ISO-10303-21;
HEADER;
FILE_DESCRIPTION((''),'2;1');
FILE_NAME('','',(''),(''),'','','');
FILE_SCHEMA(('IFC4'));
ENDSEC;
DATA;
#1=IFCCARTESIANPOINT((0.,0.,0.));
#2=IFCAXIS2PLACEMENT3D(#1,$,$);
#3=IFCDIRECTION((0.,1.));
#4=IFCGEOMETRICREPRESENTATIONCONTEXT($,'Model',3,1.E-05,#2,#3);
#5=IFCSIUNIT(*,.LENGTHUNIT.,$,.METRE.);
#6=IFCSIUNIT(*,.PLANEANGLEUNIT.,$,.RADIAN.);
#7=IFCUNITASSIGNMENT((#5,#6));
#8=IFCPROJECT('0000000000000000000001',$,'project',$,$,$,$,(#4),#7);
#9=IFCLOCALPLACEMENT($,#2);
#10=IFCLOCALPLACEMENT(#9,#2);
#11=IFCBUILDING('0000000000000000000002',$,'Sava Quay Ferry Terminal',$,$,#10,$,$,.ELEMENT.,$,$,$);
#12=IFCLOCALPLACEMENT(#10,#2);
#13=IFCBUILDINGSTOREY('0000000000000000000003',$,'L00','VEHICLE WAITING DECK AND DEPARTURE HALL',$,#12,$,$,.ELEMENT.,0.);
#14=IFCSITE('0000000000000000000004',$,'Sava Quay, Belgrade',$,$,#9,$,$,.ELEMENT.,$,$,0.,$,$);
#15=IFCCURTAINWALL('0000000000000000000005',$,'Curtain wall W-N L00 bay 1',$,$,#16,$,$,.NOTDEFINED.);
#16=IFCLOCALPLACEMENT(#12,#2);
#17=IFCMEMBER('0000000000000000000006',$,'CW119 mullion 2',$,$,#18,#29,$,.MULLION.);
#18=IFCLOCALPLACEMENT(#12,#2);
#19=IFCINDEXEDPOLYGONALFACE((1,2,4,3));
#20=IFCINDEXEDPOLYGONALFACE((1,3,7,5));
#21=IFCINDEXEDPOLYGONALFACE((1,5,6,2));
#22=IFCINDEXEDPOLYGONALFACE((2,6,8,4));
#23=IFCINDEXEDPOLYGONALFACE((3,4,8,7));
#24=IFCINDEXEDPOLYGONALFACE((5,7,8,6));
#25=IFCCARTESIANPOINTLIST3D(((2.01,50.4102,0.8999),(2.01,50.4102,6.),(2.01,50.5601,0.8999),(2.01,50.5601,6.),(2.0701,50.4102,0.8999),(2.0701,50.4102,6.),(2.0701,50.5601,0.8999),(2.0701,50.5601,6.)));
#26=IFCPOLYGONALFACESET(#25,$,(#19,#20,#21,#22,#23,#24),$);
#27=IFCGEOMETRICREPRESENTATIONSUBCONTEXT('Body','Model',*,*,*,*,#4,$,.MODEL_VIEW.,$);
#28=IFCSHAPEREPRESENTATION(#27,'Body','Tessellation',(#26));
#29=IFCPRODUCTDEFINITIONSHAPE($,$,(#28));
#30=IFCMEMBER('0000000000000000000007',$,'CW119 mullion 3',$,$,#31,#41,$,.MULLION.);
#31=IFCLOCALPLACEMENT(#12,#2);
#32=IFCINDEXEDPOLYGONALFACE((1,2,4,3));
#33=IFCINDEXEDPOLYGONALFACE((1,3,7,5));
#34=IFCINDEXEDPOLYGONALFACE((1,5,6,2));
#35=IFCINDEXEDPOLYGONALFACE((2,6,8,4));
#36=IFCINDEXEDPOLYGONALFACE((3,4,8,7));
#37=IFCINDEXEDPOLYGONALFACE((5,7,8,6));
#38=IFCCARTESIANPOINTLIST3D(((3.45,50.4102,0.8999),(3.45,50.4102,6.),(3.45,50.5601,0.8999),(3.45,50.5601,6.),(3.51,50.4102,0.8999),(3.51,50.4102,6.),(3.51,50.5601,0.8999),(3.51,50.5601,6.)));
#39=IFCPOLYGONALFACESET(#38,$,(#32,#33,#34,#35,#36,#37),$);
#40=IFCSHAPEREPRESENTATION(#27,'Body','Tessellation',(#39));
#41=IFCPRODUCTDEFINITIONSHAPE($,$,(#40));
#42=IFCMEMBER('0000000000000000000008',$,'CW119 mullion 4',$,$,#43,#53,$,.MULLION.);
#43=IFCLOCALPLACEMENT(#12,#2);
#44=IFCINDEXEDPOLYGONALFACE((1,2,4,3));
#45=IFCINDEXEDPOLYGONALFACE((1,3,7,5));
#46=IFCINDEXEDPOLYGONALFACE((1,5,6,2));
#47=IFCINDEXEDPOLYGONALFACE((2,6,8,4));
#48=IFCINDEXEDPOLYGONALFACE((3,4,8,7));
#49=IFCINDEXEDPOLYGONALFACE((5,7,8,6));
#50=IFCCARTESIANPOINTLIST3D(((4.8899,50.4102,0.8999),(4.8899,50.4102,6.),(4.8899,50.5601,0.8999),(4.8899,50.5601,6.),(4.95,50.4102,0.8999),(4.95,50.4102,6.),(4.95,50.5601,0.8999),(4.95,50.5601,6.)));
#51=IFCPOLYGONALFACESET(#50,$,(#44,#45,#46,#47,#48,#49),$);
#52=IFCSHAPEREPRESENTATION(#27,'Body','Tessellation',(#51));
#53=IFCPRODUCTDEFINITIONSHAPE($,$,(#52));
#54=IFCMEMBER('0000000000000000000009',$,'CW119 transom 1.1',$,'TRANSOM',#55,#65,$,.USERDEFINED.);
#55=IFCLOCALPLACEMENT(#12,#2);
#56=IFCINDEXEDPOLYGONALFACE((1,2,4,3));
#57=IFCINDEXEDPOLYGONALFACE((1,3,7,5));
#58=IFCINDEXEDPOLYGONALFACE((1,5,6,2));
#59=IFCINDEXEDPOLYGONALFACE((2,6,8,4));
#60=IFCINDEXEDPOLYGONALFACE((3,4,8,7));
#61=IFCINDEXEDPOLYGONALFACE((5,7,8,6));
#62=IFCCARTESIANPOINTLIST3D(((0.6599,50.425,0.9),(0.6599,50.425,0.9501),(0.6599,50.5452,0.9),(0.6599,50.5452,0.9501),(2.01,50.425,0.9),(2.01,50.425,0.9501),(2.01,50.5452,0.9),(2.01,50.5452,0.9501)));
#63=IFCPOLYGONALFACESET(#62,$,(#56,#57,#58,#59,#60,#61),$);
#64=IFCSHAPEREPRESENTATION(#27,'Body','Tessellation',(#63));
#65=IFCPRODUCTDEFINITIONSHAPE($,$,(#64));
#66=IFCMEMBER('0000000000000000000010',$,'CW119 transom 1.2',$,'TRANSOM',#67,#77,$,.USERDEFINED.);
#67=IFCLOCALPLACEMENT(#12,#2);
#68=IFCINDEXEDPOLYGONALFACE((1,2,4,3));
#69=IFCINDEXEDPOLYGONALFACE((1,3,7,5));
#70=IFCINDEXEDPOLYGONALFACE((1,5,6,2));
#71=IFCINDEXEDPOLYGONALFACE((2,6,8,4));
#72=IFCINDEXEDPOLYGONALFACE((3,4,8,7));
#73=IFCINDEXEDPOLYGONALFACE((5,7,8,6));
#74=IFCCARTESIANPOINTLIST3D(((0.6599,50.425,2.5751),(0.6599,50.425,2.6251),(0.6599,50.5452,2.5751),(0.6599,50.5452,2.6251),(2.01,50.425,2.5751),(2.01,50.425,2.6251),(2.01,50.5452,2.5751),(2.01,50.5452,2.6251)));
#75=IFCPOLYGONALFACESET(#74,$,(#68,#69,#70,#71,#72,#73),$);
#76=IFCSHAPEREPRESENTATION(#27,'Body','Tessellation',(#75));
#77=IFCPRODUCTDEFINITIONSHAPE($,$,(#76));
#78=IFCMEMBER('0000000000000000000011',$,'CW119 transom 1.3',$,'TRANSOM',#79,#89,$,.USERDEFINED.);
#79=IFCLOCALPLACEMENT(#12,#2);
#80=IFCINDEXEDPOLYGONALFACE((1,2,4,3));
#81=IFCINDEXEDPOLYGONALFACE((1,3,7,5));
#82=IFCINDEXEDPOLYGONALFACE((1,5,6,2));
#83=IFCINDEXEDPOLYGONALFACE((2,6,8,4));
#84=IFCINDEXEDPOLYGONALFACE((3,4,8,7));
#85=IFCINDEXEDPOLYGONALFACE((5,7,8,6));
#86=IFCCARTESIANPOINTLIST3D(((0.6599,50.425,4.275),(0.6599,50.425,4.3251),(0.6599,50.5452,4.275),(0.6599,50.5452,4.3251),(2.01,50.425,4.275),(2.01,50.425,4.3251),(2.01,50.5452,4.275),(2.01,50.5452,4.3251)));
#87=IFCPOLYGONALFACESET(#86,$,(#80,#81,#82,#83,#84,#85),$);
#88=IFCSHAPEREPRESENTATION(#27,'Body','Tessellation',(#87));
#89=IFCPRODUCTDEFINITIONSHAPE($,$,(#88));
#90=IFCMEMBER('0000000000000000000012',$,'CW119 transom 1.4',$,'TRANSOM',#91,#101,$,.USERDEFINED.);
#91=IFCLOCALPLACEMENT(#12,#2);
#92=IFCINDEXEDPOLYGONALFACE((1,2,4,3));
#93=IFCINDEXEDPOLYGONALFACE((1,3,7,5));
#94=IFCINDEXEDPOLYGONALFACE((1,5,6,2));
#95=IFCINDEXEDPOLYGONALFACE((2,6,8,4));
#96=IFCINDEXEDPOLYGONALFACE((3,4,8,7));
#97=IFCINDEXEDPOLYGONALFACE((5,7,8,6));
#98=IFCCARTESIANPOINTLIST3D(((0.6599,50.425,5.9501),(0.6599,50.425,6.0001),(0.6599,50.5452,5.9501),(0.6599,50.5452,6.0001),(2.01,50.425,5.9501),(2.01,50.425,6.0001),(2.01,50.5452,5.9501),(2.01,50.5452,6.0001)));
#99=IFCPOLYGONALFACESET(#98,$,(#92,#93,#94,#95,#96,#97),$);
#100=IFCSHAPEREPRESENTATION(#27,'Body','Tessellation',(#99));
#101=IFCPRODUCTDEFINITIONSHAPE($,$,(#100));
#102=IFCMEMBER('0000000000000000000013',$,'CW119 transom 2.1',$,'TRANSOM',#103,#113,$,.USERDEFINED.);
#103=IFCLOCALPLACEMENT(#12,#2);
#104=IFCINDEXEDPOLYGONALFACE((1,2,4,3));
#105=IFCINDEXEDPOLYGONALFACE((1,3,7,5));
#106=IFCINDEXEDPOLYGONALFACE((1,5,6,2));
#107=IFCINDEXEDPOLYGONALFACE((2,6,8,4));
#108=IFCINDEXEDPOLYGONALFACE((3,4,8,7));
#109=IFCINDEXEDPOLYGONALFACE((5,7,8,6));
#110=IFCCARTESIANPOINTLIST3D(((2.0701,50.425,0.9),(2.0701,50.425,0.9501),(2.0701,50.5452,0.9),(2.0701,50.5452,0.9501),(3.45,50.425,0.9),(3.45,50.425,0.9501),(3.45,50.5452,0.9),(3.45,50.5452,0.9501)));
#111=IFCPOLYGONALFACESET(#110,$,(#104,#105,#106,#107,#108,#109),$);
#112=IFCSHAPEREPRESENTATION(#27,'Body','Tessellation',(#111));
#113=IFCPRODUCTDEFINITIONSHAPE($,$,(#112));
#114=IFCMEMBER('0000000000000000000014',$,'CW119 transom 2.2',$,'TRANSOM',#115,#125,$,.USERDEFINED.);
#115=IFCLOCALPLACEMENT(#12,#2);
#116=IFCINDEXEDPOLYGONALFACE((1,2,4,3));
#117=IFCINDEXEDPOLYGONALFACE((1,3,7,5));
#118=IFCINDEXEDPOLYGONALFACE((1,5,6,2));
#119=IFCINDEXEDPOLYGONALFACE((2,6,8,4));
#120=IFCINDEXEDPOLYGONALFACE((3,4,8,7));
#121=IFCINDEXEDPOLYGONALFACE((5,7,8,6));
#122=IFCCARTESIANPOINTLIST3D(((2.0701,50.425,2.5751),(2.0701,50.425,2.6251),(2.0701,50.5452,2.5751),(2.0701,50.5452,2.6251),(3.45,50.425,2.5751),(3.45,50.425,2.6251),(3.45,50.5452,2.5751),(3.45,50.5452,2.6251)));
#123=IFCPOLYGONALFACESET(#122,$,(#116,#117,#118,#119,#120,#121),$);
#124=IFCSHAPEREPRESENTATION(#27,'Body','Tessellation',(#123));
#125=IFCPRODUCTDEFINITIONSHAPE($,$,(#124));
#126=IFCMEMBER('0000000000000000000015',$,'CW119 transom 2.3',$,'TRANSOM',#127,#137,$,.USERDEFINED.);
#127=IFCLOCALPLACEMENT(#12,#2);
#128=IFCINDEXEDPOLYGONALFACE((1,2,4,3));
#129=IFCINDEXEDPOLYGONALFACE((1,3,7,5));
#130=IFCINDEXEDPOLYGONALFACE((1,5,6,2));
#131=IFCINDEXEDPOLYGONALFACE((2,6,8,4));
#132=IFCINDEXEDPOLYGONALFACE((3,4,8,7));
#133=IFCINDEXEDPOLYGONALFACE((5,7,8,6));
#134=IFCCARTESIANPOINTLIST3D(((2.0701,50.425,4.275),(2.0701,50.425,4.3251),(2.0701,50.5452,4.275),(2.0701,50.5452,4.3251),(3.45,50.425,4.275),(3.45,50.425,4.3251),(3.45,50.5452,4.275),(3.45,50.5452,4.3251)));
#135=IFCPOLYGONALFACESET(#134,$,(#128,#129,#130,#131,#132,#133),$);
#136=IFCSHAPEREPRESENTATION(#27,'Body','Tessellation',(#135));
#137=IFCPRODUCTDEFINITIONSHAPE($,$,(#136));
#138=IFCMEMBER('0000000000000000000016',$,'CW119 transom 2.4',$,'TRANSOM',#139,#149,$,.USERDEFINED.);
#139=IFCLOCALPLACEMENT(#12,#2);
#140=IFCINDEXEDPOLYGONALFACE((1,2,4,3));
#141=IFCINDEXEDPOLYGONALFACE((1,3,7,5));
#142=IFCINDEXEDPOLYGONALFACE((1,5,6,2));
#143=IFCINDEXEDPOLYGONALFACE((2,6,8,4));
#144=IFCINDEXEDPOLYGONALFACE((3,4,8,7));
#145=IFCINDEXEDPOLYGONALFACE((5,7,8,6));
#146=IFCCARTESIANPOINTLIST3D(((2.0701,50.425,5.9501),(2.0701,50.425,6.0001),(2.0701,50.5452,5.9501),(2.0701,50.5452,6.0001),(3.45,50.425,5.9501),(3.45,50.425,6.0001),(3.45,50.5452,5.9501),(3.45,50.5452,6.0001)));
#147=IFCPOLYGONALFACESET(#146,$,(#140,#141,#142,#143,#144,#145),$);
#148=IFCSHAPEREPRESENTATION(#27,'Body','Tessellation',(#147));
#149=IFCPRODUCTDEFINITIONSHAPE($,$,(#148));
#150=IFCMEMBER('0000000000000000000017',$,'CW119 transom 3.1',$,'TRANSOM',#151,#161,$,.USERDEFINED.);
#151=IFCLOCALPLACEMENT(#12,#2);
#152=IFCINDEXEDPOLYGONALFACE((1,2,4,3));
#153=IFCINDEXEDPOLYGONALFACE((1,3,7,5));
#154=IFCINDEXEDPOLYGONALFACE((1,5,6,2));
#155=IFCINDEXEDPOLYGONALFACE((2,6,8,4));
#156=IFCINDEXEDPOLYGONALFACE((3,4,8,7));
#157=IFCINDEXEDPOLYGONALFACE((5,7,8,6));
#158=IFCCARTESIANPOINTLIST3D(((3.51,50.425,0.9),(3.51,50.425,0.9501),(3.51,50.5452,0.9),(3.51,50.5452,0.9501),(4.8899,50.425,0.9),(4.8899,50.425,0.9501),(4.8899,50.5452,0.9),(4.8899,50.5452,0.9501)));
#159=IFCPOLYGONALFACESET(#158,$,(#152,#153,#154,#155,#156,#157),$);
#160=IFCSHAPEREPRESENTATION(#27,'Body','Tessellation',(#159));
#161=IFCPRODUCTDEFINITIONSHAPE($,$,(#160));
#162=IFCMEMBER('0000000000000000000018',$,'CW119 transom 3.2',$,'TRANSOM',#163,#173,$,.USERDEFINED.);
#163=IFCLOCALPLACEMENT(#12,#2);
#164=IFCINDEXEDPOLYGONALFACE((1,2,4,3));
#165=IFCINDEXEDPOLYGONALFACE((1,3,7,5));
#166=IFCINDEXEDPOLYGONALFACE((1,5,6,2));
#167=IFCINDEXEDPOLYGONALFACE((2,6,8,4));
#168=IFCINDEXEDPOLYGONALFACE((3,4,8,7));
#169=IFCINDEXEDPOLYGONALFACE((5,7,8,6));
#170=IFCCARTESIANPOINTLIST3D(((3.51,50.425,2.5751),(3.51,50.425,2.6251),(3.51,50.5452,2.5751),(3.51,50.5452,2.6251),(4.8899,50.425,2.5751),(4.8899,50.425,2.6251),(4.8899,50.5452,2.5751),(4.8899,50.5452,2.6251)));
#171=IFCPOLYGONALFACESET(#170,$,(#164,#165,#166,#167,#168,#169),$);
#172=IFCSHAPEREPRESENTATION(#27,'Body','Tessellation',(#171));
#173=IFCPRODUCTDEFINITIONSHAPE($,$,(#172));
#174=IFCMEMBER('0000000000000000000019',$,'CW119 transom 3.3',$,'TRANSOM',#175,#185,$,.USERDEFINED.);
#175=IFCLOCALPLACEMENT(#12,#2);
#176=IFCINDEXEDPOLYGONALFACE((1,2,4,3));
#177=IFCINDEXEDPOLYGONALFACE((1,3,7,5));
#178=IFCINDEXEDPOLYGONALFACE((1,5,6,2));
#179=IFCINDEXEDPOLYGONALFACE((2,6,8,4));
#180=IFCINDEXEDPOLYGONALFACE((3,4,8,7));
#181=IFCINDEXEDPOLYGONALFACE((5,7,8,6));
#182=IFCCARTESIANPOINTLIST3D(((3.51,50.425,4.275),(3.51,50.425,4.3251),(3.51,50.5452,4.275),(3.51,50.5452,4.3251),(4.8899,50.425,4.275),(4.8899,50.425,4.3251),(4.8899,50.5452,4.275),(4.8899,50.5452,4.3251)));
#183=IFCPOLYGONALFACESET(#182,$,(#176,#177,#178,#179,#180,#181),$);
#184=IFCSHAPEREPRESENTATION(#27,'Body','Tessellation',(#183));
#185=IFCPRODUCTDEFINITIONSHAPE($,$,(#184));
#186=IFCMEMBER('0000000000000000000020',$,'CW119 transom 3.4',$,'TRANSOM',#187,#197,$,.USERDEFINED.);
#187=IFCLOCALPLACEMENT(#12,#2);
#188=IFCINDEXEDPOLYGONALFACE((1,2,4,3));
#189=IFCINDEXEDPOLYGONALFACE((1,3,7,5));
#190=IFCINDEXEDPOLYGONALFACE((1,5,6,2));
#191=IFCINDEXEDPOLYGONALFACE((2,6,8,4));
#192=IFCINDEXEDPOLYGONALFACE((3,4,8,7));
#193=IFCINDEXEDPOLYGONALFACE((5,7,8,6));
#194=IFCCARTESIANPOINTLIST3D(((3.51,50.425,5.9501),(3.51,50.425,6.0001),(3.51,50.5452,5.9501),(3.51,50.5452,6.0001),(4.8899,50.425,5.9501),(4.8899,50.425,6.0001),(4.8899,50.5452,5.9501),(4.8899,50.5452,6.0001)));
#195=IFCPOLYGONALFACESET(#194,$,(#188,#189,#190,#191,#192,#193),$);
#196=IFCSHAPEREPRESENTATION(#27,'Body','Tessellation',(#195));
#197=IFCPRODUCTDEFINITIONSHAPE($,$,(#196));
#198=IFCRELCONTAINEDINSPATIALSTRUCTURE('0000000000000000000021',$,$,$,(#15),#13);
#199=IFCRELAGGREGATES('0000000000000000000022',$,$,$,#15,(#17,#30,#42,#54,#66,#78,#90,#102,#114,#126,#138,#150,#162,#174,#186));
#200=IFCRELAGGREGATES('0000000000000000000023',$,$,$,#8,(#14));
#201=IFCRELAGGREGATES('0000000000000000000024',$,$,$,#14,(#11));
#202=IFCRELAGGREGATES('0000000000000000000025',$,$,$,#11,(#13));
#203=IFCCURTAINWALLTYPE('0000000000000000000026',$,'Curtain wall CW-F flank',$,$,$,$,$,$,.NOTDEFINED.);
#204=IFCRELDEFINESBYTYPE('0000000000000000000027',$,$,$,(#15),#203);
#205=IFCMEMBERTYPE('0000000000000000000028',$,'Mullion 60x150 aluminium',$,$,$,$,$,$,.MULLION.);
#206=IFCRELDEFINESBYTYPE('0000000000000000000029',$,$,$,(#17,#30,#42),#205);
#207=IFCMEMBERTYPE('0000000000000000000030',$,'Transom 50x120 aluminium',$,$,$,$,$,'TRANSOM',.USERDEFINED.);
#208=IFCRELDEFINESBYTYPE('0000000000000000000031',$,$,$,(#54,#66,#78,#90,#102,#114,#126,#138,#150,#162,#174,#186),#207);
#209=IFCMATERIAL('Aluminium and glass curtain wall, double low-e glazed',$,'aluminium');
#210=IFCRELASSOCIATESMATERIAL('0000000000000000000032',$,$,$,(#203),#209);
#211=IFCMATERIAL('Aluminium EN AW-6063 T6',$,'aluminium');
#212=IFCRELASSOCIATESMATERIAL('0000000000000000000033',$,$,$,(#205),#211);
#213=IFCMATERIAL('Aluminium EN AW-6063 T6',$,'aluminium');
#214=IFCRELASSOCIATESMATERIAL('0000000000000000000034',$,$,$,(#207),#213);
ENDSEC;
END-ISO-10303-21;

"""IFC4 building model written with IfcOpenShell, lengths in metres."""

from ifc_helpers import new_model, si_unit, direction, frame, origin, origin_2d, place, context, subcontext, project, spatial, rectangle, extrude, material, material_profile, profile_set, type_object, element, aggregate, save


model = new_model("IFC4")

# Units and contexts
model_context = context("Model", 3, precision=1e-05, world=origin(), true_north=direction((0.0, 1.0)))
body_context = subcontext(model_context, "Body", "Model", "MODEL_VIEW")
ifc_project = project(units=[si_unit("LENGTHUNIT", "METRE"), si_unit("PLANEANGLEUNIT", "RADIAN")], contexts=[model_context])

# Site, building, storey
site_placement = place(None, origin())
site = spatial("IfcSite", under=ifc_project, at=site_placement, Name="Sava Quay, Belgrade", CompositionType="ELEMENT", RefElevation=0.0)
building_placement = place(site_placement, origin())
building = spatial("IfcBuilding", under=site, at=building_placement, Name="Sava Quay Ferry Terminal", CompositionType="ELEMENT")
storey_placement = place(building_placement, origin())
storey = spatial("IfcBuildingStorey", under=building, at=storey_placement, Name="L00", Description="VEHICLE WAITING DECK AND DEPARTURE HALL", CompositionType="ELEMENT", Elevation=0.0)

# Curtain wall, members
ifc_material_1 = material(Name="Aluminium and glass curtain wall, double low-e glazed", Category="aluminium")
curtain_wall_type = type_object("IfcCurtainWallType", Name="Curtain wall CW-F flank", PredefinedType="NOTDEFINED", material=ifc_material_1)
curtain_wall_placement = place(storey_placement, origin())
curtain_wall = element("IfcCurtainWall", 1, at=curtain_wall_placement, inside=storey, type_object=curtain_wall_type, Name="Curtain wall W-N L00 bay 1", PredefinedType="NOTDEFINED")
ifc_material_2 = material(Name="Aluminium EN AW-6063 T6", Category="aluminium")
ifc_material_profile_1 = material_profile(ifc_material_2, rectangle(XDim=0.1499, YDim=0.0601, at=origin_2d()), Name="Mullion 60x150 aluminium")
ifc_profile_set_1 = profile_set([ifc_material_profile_1], Name="Aluminium EN AW-6063 T6")
member_type_1 = type_object("IfcMemberType", Name="Mullion 60x150 aluminium", PredefinedType="MULLION", material=ifc_profile_set_1)
member_1_placement = place(storey_placement, frame((2.04, 50.4851, 0.8999), z_axis=(0.0, 0.0, 1.0), x_axis=(0.0, 1.0, 0.0)))
member_1 = element("IfcMember", 2, at=member_1_placement, type_object=member_type_1, Name="CW119 mullion 2", PredefinedType="MULLION", context=body_context, shape_type="SweptSolid", body=[
    extrude(rectangle(XDim=0.1499, YDim=0.0601, at=origin_2d()), origin(), (0.0, 0.0, 1.0), 5.1001),
])
member_2_placement = place(storey_placement, frame((3.48, 50.4851, 0.8999), z_axis=(0.0, 0.0, 1.0), x_axis=(0.0, 1.0, 0.0)))
member_2 = element("IfcMember", 3, at=member_2_placement, type_object=member_type_1, Name="CW119 mullion 3", PredefinedType="MULLION", context=body_context, shape_type="SweptSolid", body=[
    extrude(rectangle(XDim=0.1499, YDim=0.0601, at=origin_2d()), origin(), (0.0, 0.0, 1.0), 5.1001),
])
member_3_placement = place(storey_placement, frame((4.9199, 50.4851, 0.8999), z_axis=(0.0, 0.0, 1.0), x_axis=(0.0, 1.0, 0.0)))
member_3 = element("IfcMember", 4, at=member_3_placement, type_object=member_type_1, Name="CW119 mullion 4", PredefinedType="MULLION", context=body_context, shape_type="SweptSolid", body=[
    extrude(rectangle(XDim=0.1499, YDim=0.0601, at=origin_2d()), origin(), (0.0, 0.0, 1.0), 5.1001),
])
ifc_material_3 = material(Name="Aluminium EN AW-6063 T6", Category="aluminium")
ifc_material_profile_2 = material_profile(ifc_material_3, rectangle(XDim=0.1201, YDim=0.05, at=origin_2d()), Name="Transom 50x120 aluminium")
ifc_profile_set_2 = profile_set([ifc_material_profile_2], Name="Aluminium EN AW-6063 T6")
member_type_2 = type_object("IfcMemberType", Name="Transom 50x120 aluminium", ElementType="TRANSOM", PredefinedType="USERDEFINED", material=ifc_profile_set_2)
member_4_placement = place(storey_placement, frame((0.6599, 50.4851, 0.925), z_axis=(1.0, 0.0, 0.0), x_axis=(0.0, 1.0, 0.0)))
member_4 = element("IfcMember", 5, at=member_4_placement, type_object=member_type_2, Name="CW119 transom 1.1", ObjectType="TRANSOM", PredefinedType="USERDEFINED", context=body_context, shape_type="SweptSolid", body=[
    extrude(rectangle(XDim=0.1201, YDim=0.05, at=origin_2d()), origin(), (0.0, 0.0, 1.0), 1.3501),
])
member_5_placement = place(storey_placement, frame((0.6599, 50.4851, 2.6001), z_axis=(1.0, 0.0, 0.0), x_axis=(0.0, 1.0, 0.0)))
member_5 = element("IfcMember", 6, at=member_5_placement, type_object=member_type_2, Name="CW119 transom 1.2", ObjectType="TRANSOM", PredefinedType="USERDEFINED", context=body_context, shape_type="SweptSolid", body=[
    extrude(rectangle(XDim=0.1201, YDim=0.05, at=origin_2d()), origin(), (0.0, 0.0, 1.0), 1.3501),
])
member_6_placement = place(storey_placement, frame((0.6599, 50.4851, 4.3), z_axis=(1.0, 0.0, 0.0), x_axis=(0.0, 1.0, 0.0)))
member_6 = element("IfcMember", 7, at=member_6_placement, type_object=member_type_2, Name="CW119 transom 1.3", ObjectType="TRANSOM", PredefinedType="USERDEFINED", context=body_context, shape_type="SweptSolid", body=[
    extrude(rectangle(XDim=0.1201, YDim=0.05, at=origin_2d()), origin(), (0.0, 0.0, 1.0), 1.3501),
])
member_7_placement = place(storey_placement, frame((0.6599, 50.4851, 5.9751), z_axis=(1.0, 0.0, 0.0), x_axis=(0.0, 1.0, 0.0)))
member_7 = element("IfcMember", 8, at=member_7_placement, type_object=member_type_2, Name="CW119 transom 1.4", ObjectType="TRANSOM", PredefinedType="USERDEFINED", context=body_context, shape_type="SweptSolid", body=[
    extrude(rectangle(XDim=0.1201, YDim=0.05, at=origin_2d()), origin(), (0.0, 0.0, 1.0), 1.3501),
])
member_8_placement = place(storey_placement, frame((2.0701, 50.4851, 0.925), z_axis=(1.0, 0.0, 0.0), x_axis=(0.0, 1.0, 0.0)))
member_8 = element("IfcMember", 9, at=member_8_placement, type_object=member_type_2, Name="CW119 transom 2.1", ObjectType="TRANSOM", PredefinedType="USERDEFINED", context=body_context, shape_type="SweptSolid", body=[
    extrude(rectangle(XDim=0.1201, YDim=0.05, at=origin_2d()), origin(), (0.0, 0.0, 1.0), 1.3799),
])
member_9_placement = place(storey_placement, frame((2.0701, 50.4851, 2.6001), z_axis=(1.0, 0.0, 0.0), x_axis=(0.0, 1.0, 0.0)))
member_9 = element("IfcMember", 10, at=member_9_placement, type_object=member_type_2, Name="CW119 transom 2.2", ObjectType="TRANSOM", PredefinedType="USERDEFINED", context=body_context, shape_type="SweptSolid", body=[
    extrude(rectangle(XDim=0.1201, YDim=0.05, at=origin_2d()), origin(), (0.0, 0.0, 1.0), 1.3799),
])
member_10_placement = place(storey_placement, frame((2.0701, 50.4851, 4.3), z_axis=(1.0, 0.0, 0.0), x_axis=(0.0, 1.0, 0.0)))
member_10 = element("IfcMember", 11, at=member_10_placement, type_object=member_type_2, Name="CW119 transom 2.3", ObjectType="TRANSOM", PredefinedType="USERDEFINED", context=body_context, shape_type="SweptSolid", body=[
    extrude(rectangle(XDim=0.1201, YDim=0.05, at=origin_2d()), origin(), (0.0, 0.0, 1.0), 1.3799),
])
member_11_placement = place(storey_placement, frame((2.0701, 50.4851, 5.9751), z_axis=(1.0, 0.0, 0.0), x_axis=(0.0, 1.0, 0.0)))
member_11 = element("IfcMember", 12, at=member_11_placement, type_object=member_type_2, Name="CW119 transom 2.4", ObjectType="TRANSOM", PredefinedType="USERDEFINED", context=body_context, shape_type="SweptSolid", body=[
    extrude(rectangle(XDim=0.1201, YDim=0.05, at=origin_2d()), origin(), (0.0, 0.0, 1.0), 1.3799),
])
member_12_placement = place(storey_placement, frame((3.51, 50.4851, 0.925), z_axis=(1.0, 0.0, 0.0), x_axis=(0.0, 1.0, 0.0)))
member_12 = element("IfcMember", 13, at=member_12_placement, type_object=member_type_2, Name="CW119 transom 3.1", ObjectType="TRANSOM", PredefinedType="USERDEFINED", context=body_context, shape_type="SweptSolid", body=[
    extrude(rectangle(XDim=0.1201, YDim=0.05, at=origin_2d()), origin(), (0.0, 0.0, 1.0), 1.3799),
])
member_13_placement = place(storey_placement, frame((3.51, 50.4851, 2.6001), z_axis=(1.0, 0.0, 0.0), x_axis=(0.0, 1.0, 0.0)))
member_13 = element("IfcMember", 14, at=member_13_placement, type_object=member_type_2, Name="CW119 transom 3.2", ObjectType="TRANSOM", PredefinedType="USERDEFINED", context=body_context, shape_type="SweptSolid", body=[
    extrude(rectangle(XDim=0.1201, YDim=0.05, at=origin_2d()), origin(), (0.0, 0.0, 1.0), 1.3799),
])
member_14_placement = place(storey_placement, frame((3.51, 50.4851, 4.3), z_axis=(1.0, 0.0, 0.0), x_axis=(0.0, 1.0, 0.0)))
member_14 = element("IfcMember", 15, at=member_14_placement, type_object=member_type_2, Name="CW119 transom 3.3", ObjectType="TRANSOM", PredefinedType="USERDEFINED", context=body_context, shape_type="SweptSolid", body=[
    extrude(rectangle(XDim=0.1201, YDim=0.05, at=origin_2d()), origin(), (0.0, 0.0, 1.0), 1.3799),
])
member_15_placement = place(storey_placement, frame((3.51, 50.4851, 5.9751), z_axis=(1.0, 0.0, 0.0), x_axis=(0.0, 1.0, 0.0)))
member_15 = element("IfcMember", 16, at=member_15_placement, type_object=member_type_2, Name="CW119 transom 3.4", ObjectType="TRANSOM", PredefinedType="USERDEFINED", context=body_context, shape_type="SweptSolid", body=[
    extrude(rectangle(XDim=0.1201, YDim=0.05, at=origin_2d()), origin(), (0.0, 0.0, 1.0), 1.3799),
])
aggregate(curtain_wall, [member_1, member_2, member_3, member_4, member_5, member_6, member_7, member_8, member_9, member_10, member_11, member_12, member_13, member_14, member_15])

save(model, "model.ifc")
